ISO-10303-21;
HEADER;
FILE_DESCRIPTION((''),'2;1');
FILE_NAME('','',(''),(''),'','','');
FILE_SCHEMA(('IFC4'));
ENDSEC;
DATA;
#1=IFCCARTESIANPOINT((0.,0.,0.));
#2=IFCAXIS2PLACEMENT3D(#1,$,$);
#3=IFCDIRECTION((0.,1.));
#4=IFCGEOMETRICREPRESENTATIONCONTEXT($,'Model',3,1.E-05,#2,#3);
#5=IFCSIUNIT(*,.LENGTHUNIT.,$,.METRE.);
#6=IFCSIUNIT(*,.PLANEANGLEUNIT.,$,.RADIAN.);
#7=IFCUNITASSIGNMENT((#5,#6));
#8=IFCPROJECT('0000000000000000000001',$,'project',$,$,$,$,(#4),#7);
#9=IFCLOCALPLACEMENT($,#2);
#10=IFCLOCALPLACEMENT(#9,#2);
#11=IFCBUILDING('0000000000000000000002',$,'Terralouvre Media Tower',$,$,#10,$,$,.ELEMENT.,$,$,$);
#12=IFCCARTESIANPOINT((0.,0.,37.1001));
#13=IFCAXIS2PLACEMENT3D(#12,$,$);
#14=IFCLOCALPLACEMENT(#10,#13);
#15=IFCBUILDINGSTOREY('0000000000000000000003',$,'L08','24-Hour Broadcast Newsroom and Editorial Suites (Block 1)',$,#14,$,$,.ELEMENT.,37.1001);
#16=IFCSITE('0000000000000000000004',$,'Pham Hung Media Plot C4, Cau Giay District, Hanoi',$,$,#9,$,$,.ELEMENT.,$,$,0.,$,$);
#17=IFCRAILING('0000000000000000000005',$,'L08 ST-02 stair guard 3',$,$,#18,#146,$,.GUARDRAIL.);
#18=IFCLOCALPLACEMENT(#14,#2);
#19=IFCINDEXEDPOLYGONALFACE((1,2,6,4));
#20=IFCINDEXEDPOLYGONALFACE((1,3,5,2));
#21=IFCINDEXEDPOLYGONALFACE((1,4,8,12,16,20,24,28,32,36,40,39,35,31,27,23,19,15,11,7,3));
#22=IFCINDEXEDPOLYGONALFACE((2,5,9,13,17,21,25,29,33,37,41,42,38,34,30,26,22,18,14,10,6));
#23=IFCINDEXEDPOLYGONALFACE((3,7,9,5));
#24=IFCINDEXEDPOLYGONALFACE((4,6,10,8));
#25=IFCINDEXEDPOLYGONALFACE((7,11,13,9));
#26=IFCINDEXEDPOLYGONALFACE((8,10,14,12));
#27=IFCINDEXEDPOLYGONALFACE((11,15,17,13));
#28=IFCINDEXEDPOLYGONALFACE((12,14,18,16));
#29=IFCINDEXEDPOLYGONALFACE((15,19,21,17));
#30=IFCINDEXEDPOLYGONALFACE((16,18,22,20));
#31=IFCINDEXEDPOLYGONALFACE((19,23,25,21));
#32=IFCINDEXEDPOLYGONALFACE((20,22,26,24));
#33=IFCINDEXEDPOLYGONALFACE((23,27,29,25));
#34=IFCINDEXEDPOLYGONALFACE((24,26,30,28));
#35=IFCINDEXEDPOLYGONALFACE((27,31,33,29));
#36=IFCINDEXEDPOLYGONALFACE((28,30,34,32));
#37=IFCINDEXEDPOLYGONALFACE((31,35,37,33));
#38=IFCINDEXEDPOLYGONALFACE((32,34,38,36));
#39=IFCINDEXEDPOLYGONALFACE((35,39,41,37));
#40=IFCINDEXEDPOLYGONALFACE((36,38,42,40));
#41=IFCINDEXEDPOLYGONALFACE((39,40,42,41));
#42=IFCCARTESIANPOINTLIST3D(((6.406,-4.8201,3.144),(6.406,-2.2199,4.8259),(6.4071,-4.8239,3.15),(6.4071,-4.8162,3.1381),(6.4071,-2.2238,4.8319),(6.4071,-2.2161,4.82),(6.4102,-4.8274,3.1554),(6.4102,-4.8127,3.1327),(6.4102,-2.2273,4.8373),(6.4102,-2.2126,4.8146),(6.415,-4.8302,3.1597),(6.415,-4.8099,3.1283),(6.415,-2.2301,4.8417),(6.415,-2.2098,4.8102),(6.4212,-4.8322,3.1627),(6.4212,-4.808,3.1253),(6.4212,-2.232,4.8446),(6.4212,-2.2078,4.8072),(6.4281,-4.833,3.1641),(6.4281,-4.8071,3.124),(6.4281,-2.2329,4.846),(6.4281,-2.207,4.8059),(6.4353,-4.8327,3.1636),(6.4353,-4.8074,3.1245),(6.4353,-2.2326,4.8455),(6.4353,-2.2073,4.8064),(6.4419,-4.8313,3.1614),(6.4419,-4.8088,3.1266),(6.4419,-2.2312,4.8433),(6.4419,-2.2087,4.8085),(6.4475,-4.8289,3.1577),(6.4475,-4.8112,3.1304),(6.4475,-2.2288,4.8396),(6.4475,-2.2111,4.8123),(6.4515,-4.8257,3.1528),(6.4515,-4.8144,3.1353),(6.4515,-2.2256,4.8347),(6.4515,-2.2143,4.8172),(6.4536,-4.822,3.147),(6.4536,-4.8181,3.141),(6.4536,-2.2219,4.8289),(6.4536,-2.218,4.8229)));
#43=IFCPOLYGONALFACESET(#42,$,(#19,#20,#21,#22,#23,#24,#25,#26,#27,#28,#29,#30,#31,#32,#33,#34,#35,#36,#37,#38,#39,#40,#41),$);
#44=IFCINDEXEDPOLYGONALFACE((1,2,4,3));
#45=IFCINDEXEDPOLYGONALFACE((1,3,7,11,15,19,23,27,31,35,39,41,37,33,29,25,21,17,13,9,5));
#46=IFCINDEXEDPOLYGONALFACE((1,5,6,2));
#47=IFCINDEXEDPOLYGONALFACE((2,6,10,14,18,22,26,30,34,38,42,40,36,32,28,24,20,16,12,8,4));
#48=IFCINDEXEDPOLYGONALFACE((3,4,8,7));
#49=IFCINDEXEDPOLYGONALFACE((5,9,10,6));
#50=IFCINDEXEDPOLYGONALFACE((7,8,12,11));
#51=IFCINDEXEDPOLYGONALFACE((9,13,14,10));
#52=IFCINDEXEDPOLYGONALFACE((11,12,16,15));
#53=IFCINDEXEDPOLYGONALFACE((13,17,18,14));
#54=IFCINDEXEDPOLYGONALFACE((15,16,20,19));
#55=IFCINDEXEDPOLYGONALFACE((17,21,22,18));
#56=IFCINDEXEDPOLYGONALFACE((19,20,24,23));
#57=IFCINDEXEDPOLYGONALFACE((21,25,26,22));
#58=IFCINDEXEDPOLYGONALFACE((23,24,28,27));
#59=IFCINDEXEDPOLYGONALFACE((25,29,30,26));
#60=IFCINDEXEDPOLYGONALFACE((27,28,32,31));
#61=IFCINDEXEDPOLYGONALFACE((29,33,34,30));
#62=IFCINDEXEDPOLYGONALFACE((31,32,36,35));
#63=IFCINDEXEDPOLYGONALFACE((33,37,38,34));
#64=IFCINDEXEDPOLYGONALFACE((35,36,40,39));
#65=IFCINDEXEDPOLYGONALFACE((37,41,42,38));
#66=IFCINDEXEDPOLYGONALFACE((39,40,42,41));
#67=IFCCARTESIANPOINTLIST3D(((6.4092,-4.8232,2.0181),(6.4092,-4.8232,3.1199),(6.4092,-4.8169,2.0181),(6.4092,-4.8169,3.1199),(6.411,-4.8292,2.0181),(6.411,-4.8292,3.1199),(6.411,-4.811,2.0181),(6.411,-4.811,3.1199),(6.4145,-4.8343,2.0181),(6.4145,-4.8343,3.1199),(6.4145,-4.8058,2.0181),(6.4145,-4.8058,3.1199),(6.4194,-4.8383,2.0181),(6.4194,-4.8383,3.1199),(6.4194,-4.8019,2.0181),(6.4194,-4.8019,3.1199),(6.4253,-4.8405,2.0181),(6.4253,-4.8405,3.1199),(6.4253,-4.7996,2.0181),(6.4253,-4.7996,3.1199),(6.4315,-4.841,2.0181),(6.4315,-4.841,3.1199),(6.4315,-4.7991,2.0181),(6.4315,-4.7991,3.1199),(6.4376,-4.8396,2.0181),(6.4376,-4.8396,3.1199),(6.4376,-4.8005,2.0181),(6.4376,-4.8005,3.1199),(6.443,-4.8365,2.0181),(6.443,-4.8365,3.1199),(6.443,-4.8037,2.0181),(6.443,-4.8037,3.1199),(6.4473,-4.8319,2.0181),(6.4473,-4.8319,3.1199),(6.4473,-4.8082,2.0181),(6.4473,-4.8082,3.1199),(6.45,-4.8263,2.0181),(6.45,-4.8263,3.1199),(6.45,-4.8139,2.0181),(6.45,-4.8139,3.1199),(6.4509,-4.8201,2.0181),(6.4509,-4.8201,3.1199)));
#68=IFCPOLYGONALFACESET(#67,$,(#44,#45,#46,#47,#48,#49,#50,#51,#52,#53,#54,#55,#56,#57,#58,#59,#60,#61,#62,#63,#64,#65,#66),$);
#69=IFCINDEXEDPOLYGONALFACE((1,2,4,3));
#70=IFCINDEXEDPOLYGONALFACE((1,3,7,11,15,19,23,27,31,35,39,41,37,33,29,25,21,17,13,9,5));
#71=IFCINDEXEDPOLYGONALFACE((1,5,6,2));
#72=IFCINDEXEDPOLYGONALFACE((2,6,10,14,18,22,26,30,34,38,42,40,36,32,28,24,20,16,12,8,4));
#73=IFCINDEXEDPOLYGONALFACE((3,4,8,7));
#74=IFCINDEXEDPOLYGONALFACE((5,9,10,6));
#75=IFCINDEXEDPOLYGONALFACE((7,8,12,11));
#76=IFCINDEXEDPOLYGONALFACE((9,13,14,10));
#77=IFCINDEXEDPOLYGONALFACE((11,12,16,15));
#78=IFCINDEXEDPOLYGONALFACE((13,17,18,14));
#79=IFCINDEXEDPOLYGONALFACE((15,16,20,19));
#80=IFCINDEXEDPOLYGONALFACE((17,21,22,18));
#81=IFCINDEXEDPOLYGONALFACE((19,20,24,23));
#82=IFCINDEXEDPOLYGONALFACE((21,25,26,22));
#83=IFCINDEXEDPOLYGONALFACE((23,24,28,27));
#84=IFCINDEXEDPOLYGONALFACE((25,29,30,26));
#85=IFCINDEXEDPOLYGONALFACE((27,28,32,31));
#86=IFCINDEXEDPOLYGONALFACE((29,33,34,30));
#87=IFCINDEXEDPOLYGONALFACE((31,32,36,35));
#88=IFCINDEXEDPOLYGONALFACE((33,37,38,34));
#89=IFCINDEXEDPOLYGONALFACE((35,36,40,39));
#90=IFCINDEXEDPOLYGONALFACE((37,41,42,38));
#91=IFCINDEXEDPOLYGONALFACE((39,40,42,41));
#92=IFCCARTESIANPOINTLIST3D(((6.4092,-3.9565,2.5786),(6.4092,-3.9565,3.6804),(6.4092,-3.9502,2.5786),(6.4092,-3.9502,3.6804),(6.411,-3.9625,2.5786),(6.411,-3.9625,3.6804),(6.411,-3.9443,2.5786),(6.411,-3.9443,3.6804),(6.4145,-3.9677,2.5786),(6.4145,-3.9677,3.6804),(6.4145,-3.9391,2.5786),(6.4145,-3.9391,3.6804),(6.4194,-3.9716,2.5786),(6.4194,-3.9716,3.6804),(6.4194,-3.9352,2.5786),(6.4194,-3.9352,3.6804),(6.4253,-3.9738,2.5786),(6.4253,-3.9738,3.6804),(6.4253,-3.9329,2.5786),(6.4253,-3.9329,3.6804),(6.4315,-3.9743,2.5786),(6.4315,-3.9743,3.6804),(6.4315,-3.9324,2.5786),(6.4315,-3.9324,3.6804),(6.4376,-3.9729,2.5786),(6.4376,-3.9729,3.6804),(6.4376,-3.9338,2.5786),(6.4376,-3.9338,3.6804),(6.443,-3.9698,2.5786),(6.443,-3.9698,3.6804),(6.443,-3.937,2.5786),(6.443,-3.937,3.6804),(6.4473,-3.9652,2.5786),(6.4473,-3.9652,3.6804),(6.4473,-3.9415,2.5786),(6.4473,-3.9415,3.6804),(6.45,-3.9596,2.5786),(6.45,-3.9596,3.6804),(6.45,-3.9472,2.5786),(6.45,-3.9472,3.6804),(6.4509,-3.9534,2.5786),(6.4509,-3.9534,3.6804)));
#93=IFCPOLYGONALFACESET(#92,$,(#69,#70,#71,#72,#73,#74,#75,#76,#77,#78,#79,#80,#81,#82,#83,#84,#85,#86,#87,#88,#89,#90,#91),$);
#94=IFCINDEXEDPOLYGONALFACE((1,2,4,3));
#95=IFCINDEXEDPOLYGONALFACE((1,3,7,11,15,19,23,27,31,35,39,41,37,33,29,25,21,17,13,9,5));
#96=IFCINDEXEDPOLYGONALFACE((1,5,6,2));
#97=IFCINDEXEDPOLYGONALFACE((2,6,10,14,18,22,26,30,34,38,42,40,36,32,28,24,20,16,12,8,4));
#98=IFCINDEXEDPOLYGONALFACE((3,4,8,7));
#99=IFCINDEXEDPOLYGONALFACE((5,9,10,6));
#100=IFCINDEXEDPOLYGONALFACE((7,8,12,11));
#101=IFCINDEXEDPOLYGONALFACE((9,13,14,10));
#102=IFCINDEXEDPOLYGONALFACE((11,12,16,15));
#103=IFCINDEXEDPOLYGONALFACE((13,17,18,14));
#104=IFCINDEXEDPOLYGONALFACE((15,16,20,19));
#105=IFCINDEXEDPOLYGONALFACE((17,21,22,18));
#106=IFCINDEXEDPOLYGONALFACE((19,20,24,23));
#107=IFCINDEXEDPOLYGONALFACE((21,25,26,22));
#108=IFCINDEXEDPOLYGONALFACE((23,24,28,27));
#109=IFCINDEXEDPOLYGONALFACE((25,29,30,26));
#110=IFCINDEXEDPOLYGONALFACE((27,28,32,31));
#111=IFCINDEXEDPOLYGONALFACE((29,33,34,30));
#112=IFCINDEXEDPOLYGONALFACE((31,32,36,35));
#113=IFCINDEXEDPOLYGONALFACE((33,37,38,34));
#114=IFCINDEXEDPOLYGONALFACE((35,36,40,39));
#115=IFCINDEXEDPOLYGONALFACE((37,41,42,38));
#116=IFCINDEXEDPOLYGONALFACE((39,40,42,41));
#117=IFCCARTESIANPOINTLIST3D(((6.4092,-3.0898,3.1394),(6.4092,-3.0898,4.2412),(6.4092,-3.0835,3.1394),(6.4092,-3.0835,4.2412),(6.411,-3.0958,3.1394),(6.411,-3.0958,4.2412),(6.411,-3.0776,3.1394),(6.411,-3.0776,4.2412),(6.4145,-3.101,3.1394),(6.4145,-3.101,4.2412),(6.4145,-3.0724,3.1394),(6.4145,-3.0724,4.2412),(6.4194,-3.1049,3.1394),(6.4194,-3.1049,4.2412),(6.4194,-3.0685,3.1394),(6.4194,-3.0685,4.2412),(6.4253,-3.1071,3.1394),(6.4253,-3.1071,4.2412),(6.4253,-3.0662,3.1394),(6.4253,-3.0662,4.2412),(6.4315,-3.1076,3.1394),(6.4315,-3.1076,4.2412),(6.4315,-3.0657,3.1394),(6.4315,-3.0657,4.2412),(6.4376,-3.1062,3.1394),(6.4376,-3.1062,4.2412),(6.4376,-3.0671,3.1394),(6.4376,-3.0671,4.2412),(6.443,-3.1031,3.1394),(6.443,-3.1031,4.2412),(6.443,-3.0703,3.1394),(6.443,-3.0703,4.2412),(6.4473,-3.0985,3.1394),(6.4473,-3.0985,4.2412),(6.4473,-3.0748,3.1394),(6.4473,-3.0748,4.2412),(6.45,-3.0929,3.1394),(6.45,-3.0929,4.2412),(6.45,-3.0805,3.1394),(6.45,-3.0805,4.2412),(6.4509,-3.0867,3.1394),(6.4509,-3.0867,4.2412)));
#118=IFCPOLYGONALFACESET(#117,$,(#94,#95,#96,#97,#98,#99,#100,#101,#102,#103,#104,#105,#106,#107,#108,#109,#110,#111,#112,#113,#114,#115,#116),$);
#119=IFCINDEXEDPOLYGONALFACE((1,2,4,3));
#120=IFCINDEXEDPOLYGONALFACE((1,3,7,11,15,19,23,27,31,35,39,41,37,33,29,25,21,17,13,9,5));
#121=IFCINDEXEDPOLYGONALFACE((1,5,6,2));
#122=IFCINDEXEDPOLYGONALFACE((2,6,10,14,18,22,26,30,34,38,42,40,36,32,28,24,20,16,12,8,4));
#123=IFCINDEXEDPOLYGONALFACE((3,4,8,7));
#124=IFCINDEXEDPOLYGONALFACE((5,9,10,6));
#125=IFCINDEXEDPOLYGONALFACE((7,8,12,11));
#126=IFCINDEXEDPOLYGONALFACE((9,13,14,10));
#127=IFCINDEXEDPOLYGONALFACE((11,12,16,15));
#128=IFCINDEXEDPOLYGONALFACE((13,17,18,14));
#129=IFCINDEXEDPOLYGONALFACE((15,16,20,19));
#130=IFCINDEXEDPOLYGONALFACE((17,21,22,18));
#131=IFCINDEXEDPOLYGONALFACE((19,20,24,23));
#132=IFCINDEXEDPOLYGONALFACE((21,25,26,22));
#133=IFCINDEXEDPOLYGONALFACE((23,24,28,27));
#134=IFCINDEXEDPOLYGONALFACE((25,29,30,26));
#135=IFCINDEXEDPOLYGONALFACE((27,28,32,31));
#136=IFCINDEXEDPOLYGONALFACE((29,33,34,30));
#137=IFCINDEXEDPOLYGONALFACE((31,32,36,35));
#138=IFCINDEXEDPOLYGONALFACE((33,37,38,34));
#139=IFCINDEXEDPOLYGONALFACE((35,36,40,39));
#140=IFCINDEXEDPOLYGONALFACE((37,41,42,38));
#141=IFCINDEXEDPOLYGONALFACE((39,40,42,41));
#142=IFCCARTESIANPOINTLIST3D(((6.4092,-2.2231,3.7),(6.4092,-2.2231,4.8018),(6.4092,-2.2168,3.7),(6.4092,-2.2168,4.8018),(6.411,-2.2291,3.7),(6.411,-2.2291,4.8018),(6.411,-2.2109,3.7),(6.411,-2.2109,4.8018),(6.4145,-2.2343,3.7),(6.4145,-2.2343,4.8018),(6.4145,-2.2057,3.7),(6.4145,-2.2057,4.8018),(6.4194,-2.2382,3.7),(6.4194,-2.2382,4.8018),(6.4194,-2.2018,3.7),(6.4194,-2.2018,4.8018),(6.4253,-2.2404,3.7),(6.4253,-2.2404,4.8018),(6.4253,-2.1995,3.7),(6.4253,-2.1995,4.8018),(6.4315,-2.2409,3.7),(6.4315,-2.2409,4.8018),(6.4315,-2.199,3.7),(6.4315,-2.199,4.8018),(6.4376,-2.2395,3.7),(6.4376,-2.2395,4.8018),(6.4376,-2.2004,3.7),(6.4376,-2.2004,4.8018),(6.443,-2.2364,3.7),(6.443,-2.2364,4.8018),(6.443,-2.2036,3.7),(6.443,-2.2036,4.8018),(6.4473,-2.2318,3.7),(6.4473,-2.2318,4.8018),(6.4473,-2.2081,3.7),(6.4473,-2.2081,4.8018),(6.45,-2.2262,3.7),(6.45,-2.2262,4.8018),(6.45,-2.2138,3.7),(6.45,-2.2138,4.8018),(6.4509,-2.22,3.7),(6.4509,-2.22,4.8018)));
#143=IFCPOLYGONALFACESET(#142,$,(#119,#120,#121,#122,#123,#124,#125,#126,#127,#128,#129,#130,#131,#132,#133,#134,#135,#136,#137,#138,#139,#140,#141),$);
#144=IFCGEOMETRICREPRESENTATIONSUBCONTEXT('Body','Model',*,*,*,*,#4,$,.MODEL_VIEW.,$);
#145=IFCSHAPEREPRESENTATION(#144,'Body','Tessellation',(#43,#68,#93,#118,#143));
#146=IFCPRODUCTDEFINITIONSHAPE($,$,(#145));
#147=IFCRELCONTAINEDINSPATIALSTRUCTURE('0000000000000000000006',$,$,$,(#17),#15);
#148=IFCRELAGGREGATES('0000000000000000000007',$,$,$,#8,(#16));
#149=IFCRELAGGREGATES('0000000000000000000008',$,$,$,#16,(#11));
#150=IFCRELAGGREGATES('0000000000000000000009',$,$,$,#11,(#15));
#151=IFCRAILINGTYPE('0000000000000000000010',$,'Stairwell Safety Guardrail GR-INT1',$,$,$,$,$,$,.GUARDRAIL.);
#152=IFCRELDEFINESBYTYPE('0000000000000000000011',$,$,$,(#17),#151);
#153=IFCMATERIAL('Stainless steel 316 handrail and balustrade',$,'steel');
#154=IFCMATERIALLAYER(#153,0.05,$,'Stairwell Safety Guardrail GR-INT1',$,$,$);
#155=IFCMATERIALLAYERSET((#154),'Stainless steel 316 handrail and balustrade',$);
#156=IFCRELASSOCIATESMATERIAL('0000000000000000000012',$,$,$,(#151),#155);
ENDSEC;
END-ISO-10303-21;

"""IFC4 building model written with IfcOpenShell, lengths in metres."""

from ifc_helpers import new_model, si_unit, direction, frame, origin, origin_2d, place, context, subcontext, project, spatial, circle, extrude, material, layer, layer_set, type_object, element, save


model = new_model("IFC4")

# Units and contexts
model_context = context("Model", 3, precision=1e-05, world=origin(), true_north=direction((0.0, 1.0)))
body_context = subcontext(model_context, "Body", "Model", "MODEL_VIEW")
ifc_project = project(units=[si_unit("LENGTHUNIT", "METRE"), si_unit("PLANEANGLEUNIT", "RADIAN")], contexts=[model_context])

# Site, building, storey
site_placement = place(None, origin())
site = spatial("IfcSite", under=ifc_project, at=site_placement, Name="Pham Hung Media Plot C4, Cau Giay District, Hanoi", CompositionType="ELEMENT", RefElevation=0.0)
building_placement = place(site_placement, origin())
building = spatial("IfcBuilding", under=site, at=building_placement, Name="Terralouvre Media Tower", CompositionType="ELEMENT")
storey_placement = place(building_placement, frame((0.0, 0.0, 37.1001)))
storey = spatial("IfcBuildingStorey", under=building, at=storey_placement, Name="L08", Description="24-Hour Broadcast Newsroom and Editorial Suites (Block 1)", CompositionType="ELEMENT", Elevation=37.1001)

# Railing
ifc_material_1 = material(Name="Stainless steel 316 handrail and balustrade", Category="steel")
ifc_layer_1 = layer(ifc_material_1, 0.05, Name="Stairwell Safety Guardrail GR-INT1")
ifc_layer_set_1 = layer_set([ifc_layer_1], Name="Stainless steel 316 handrail and balustrade")
railing_type_1 = type_object("IfcRailingType", Name="Stairwell Safety Guardrail GR-INT1", PredefinedType="GUARDRAIL", material=ifc_layer_set_1)
railing_1_placement = place(storey_placement, frame((6.4299, -4.8201, 2.0181)))
element("IfcRailing", 1, at=railing_1_placement, inside=storey, type_object=railing_type_1, Name="L08 ST-02 stair guard 3", PredefinedType="GUARDRAIL", context=body_context, shape_type="SweptSolid", body=[
    extrude(circle(Radius=0.0239, at=origin_2d()), frame((0.0, 0.0, 1.126), z_axis=(0.0, 0.839648, 0.54313), x_axis=(-1.0, 0.0, 0.0)), (0.0, 0.0, 1.0), 3.0967),
    extrude(circle(Radius=0.021, at=origin_2d()), origin(), (0.0, 0.0, 1.0), 1.1018),
    extrude(circle(Radius=0.021, at=origin_2d()), frame((0.0, 0.8667, 0.5605)), (0.0, 0.0, 1.0), 1.1018),
    extrude(circle(Radius=0.021, at=origin_2d()), frame((0.0, 1.7334, 1.1213)), (0.0, 0.0, 1.0), 1.1018),
    extrude(circle(Radius=0.021, at=origin_2d()), frame((0.0, 2.6001, 1.6819)), (0.0, 0.0, 1.0), 1.1018),
])

save(model, "model.ifc")
